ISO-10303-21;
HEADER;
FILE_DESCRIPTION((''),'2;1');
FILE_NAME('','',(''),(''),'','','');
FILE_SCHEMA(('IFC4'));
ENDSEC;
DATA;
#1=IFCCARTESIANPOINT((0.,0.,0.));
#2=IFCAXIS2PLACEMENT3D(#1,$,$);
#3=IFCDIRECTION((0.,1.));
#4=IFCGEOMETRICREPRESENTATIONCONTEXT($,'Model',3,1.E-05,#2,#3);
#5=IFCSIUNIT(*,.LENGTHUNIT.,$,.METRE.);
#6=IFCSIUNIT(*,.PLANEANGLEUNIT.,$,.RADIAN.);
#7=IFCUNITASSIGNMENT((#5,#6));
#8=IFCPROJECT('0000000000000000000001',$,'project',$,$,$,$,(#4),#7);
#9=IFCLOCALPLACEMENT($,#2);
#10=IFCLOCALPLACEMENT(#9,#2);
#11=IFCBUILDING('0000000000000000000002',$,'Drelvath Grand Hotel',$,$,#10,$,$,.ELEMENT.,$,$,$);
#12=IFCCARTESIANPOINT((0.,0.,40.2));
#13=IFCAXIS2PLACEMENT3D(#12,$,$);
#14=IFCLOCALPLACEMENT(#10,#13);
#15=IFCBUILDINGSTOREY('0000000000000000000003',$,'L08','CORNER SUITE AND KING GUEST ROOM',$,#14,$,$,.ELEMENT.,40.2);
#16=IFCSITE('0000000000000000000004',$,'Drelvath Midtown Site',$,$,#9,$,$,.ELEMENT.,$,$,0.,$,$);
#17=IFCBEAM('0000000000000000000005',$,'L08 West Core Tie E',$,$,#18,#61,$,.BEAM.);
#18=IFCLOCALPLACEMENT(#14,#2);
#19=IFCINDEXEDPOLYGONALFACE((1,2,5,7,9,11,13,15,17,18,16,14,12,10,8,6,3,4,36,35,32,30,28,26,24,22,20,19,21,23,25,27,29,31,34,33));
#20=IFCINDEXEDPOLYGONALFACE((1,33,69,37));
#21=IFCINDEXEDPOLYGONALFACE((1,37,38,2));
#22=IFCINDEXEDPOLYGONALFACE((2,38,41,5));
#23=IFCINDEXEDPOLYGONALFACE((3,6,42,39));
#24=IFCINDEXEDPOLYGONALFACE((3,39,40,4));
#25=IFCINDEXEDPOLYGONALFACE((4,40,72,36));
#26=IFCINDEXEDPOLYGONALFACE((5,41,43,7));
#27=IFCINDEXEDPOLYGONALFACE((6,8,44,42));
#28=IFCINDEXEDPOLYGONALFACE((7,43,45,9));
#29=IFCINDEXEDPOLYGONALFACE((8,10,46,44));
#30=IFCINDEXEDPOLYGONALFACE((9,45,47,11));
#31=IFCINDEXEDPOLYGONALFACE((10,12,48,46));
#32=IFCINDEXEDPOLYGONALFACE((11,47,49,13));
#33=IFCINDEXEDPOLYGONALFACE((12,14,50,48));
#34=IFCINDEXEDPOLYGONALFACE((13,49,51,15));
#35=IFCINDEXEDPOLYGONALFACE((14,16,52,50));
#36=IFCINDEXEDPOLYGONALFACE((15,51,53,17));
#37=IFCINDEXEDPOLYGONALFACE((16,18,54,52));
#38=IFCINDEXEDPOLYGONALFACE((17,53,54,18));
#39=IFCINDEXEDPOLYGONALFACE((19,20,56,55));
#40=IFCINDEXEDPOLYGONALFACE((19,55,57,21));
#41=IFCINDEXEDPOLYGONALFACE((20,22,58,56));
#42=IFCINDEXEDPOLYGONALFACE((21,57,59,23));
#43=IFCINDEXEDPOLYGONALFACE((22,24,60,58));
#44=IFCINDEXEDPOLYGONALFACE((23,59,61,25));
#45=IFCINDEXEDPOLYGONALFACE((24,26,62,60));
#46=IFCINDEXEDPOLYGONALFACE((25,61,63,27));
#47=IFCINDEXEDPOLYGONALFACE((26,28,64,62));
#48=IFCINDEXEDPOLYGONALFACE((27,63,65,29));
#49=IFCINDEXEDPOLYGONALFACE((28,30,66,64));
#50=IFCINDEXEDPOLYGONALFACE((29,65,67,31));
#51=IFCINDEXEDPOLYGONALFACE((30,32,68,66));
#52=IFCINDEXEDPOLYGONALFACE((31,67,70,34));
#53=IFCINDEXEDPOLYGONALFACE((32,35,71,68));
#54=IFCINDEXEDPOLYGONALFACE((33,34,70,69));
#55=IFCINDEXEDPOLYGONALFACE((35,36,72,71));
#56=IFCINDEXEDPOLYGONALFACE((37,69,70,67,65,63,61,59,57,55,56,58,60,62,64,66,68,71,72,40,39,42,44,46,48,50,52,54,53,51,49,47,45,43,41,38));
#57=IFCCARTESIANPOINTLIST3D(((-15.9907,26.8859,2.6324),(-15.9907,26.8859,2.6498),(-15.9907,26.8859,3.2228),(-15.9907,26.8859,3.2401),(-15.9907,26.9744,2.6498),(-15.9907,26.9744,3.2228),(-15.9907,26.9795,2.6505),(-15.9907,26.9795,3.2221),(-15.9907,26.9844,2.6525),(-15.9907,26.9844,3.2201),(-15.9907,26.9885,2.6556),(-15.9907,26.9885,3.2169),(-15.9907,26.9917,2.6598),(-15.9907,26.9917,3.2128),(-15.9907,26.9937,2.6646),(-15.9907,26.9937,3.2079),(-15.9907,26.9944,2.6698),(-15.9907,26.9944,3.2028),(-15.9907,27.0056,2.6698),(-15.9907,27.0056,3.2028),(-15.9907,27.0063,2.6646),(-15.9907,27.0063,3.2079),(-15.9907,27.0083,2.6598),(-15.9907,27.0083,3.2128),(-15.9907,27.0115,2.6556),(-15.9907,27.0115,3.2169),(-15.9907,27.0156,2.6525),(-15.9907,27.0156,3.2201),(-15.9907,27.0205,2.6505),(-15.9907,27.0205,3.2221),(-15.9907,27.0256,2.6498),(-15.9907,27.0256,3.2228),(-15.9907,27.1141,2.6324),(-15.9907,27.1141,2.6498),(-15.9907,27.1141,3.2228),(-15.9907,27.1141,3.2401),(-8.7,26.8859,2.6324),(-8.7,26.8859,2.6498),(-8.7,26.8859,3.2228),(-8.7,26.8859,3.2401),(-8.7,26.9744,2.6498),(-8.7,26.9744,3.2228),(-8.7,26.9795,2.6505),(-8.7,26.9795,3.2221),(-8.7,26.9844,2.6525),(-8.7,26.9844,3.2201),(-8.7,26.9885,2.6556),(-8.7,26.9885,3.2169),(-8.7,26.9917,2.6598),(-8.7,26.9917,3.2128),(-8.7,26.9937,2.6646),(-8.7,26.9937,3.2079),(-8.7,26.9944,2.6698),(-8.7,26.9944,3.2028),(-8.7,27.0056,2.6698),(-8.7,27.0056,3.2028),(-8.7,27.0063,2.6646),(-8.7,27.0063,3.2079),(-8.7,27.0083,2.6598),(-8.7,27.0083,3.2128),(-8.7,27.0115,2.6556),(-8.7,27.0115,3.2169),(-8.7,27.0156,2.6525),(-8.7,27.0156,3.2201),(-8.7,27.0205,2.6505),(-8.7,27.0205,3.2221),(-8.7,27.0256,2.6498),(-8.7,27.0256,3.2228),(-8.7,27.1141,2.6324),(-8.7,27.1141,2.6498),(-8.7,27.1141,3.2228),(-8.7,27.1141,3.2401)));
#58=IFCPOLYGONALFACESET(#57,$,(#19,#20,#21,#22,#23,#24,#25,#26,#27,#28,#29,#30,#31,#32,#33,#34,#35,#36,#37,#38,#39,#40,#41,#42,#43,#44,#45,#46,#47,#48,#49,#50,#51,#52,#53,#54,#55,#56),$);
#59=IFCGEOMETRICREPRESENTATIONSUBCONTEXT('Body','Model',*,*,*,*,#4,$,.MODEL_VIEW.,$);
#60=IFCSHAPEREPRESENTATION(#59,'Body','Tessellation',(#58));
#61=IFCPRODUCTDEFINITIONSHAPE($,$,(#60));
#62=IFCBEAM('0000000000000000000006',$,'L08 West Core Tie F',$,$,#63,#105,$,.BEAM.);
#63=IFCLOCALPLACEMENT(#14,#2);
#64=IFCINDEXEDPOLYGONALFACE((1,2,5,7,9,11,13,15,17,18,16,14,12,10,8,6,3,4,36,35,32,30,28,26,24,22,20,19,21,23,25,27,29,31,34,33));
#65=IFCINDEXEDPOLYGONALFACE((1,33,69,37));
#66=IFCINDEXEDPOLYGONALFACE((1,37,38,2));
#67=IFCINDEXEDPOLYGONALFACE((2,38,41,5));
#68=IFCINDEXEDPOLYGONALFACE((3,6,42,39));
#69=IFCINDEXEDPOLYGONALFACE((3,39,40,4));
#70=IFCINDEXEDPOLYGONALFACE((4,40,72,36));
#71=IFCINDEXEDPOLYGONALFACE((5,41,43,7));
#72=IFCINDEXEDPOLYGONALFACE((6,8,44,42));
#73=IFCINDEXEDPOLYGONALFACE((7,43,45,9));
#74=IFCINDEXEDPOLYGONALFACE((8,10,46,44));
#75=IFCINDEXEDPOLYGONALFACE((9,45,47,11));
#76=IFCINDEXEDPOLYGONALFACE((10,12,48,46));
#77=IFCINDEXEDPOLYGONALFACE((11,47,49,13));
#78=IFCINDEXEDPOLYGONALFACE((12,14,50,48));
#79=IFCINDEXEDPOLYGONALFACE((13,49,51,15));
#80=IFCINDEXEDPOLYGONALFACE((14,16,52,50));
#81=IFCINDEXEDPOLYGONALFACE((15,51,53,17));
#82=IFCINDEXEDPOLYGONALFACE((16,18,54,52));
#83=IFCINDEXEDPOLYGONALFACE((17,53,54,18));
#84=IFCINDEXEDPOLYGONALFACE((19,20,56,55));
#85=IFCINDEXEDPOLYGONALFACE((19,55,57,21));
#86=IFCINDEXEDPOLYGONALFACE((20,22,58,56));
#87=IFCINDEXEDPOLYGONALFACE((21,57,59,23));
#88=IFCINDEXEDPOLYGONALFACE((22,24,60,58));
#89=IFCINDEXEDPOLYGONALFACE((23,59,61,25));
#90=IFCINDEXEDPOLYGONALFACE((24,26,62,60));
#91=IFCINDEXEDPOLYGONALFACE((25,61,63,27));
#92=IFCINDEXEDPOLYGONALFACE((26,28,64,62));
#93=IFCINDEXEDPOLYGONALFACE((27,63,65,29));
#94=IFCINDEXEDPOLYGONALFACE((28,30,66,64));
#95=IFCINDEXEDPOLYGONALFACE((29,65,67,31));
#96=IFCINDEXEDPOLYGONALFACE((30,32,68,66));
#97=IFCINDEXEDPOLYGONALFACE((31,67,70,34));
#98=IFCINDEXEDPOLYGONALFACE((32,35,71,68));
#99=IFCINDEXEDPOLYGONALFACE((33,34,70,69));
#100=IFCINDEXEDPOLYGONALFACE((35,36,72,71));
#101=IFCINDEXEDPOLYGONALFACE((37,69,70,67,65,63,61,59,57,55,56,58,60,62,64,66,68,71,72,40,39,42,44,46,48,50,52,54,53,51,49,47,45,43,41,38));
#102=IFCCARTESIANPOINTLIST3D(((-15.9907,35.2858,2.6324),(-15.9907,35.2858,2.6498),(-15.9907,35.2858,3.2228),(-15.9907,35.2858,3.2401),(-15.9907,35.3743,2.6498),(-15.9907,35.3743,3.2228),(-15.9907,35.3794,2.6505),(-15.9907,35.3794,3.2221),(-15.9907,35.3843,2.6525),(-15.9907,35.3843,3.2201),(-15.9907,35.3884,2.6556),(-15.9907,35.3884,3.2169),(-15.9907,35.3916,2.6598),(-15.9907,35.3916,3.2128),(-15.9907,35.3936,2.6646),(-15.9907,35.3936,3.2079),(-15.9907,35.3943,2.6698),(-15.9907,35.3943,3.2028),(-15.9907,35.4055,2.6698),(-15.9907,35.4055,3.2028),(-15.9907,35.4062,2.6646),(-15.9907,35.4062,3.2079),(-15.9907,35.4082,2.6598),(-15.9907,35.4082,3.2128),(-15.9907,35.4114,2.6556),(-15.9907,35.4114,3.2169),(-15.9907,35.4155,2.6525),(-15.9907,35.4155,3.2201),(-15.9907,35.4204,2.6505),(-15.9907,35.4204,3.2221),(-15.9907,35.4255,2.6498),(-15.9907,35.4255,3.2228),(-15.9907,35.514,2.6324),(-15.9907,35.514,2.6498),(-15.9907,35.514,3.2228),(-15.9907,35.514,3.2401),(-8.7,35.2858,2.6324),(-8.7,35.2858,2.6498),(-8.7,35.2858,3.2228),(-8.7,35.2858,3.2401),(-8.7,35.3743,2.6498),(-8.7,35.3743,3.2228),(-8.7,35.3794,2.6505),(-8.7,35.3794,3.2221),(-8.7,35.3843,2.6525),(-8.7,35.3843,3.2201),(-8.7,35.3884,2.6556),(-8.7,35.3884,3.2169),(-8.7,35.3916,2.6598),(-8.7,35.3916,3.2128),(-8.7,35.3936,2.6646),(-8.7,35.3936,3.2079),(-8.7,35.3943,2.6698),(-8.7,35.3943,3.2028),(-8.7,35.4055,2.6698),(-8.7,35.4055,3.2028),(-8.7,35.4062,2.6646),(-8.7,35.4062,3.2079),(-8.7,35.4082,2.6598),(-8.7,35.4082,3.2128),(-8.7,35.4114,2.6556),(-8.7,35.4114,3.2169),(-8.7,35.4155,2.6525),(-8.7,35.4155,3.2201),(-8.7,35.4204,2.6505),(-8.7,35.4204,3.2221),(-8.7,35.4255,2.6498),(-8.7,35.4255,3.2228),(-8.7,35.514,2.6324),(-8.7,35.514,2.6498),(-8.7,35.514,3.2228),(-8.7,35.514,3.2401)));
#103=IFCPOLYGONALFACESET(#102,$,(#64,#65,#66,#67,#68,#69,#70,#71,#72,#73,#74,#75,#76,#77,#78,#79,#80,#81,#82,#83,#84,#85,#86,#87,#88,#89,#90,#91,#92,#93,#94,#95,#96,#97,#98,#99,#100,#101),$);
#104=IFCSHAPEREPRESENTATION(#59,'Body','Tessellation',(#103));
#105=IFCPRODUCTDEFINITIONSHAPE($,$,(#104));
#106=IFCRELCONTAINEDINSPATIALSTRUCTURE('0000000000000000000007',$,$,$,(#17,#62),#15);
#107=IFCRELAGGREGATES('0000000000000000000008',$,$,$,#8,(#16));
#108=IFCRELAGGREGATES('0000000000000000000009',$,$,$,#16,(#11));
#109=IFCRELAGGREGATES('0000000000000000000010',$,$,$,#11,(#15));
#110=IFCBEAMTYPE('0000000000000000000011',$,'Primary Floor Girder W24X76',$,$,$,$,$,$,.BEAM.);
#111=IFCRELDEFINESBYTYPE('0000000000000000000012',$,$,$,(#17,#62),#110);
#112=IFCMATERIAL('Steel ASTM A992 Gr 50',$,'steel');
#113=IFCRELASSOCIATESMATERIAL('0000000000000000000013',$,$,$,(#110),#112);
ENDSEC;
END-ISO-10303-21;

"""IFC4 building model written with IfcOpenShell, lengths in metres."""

from ifc_helpers import new_model, si_unit, direction, frame, origin, origin_2d, place, context, subcontext, project, spatial, i_section, extrude, material, material_profile, profile_set, type_object, element, save


model = new_model("IFC4")

# Units and contexts
model_context = context("Model", 3, precision=1e-05, world=origin(), true_north=direction((0.0, 1.0)))
body_context = subcontext(model_context, "Body", "Model", "MODEL_VIEW")
ifc_project = project(units=[si_unit("LENGTHUNIT", "METRE"), si_unit("PLANEANGLEUNIT", "RADIAN")], contexts=[model_context])

# Site, building, storey
site_placement = place(None, origin())
site = spatial("IfcSite", under=ifc_project, at=site_placement, Name="Drelvath Midtown Site", CompositionType="ELEMENT", RefElevation=0.0)
building_placement = place(site_placement, origin())
building = spatial("IfcBuilding", under=site, at=building_placement, Name="Drelvath Grand Hotel", CompositionType="ELEMENT")
storey_placement = place(building_placement, frame((0.0, 0.0, 40.2)))
storey = spatial("IfcBuildingStorey", under=building, at=storey_placement, Name="L08", Description="CORNER SUITE AND KING GUEST ROOM", CompositionType="ELEMENT", Elevation=40.2)

# Beams
ifc_material_1 = material(Name="Steel ASTM A992 Gr 50", Category="steel")
ifc_material_profile = material_profile(ifc_material_1, i_section(OverallWidth=0.2283, OverallDepth=0.6077, WebThickness=0.0112, FlangeThickness=0.0173, FilletRadius=0.02, at=origin_2d()), Name="W24X76")
ifc_profile_set = profile_set([ifc_material_profile], Name="Steel ASTM A992 Gr 50")
beam_type = type_object("IfcBeamType", Name="Primary Floor Girder W24X76", PredefinedType="BEAM", material=ifc_profile_set)
for number, where, z_axis, x_axis, name in (
    (1, (-15.9907, 27.0, 2.9363), (1.0, 0.0, 0.0), (0.0, 1.0, 0.0), "L08 West Core Tie E"),
    (2, (-15.9907, 35.3999, 2.9363), (1.0, 0.0, 0.0), (0.0, 1.0, 0.0), "L08 West Core Tie F"),
):
    element("IfcBeam", number, at=place(storey_placement, frame(where, z_axis=z_axis, x_axis=x_axis)), inside=storey, type_object=beam_type, Name=name, PredefinedType="BEAM", context=body_context, shape_type="SweptSolid", body=[
        extrude(i_section(OverallWidth=0.2283, OverallDepth=0.6077, WebThickness=0.0112, FlangeThickness=0.0173, FilletRadius=0.02, at=origin_2d()), origin(), (0.0, 0.0, 1.0), 7.2908),
    ])

save(model, "model.ifc")
